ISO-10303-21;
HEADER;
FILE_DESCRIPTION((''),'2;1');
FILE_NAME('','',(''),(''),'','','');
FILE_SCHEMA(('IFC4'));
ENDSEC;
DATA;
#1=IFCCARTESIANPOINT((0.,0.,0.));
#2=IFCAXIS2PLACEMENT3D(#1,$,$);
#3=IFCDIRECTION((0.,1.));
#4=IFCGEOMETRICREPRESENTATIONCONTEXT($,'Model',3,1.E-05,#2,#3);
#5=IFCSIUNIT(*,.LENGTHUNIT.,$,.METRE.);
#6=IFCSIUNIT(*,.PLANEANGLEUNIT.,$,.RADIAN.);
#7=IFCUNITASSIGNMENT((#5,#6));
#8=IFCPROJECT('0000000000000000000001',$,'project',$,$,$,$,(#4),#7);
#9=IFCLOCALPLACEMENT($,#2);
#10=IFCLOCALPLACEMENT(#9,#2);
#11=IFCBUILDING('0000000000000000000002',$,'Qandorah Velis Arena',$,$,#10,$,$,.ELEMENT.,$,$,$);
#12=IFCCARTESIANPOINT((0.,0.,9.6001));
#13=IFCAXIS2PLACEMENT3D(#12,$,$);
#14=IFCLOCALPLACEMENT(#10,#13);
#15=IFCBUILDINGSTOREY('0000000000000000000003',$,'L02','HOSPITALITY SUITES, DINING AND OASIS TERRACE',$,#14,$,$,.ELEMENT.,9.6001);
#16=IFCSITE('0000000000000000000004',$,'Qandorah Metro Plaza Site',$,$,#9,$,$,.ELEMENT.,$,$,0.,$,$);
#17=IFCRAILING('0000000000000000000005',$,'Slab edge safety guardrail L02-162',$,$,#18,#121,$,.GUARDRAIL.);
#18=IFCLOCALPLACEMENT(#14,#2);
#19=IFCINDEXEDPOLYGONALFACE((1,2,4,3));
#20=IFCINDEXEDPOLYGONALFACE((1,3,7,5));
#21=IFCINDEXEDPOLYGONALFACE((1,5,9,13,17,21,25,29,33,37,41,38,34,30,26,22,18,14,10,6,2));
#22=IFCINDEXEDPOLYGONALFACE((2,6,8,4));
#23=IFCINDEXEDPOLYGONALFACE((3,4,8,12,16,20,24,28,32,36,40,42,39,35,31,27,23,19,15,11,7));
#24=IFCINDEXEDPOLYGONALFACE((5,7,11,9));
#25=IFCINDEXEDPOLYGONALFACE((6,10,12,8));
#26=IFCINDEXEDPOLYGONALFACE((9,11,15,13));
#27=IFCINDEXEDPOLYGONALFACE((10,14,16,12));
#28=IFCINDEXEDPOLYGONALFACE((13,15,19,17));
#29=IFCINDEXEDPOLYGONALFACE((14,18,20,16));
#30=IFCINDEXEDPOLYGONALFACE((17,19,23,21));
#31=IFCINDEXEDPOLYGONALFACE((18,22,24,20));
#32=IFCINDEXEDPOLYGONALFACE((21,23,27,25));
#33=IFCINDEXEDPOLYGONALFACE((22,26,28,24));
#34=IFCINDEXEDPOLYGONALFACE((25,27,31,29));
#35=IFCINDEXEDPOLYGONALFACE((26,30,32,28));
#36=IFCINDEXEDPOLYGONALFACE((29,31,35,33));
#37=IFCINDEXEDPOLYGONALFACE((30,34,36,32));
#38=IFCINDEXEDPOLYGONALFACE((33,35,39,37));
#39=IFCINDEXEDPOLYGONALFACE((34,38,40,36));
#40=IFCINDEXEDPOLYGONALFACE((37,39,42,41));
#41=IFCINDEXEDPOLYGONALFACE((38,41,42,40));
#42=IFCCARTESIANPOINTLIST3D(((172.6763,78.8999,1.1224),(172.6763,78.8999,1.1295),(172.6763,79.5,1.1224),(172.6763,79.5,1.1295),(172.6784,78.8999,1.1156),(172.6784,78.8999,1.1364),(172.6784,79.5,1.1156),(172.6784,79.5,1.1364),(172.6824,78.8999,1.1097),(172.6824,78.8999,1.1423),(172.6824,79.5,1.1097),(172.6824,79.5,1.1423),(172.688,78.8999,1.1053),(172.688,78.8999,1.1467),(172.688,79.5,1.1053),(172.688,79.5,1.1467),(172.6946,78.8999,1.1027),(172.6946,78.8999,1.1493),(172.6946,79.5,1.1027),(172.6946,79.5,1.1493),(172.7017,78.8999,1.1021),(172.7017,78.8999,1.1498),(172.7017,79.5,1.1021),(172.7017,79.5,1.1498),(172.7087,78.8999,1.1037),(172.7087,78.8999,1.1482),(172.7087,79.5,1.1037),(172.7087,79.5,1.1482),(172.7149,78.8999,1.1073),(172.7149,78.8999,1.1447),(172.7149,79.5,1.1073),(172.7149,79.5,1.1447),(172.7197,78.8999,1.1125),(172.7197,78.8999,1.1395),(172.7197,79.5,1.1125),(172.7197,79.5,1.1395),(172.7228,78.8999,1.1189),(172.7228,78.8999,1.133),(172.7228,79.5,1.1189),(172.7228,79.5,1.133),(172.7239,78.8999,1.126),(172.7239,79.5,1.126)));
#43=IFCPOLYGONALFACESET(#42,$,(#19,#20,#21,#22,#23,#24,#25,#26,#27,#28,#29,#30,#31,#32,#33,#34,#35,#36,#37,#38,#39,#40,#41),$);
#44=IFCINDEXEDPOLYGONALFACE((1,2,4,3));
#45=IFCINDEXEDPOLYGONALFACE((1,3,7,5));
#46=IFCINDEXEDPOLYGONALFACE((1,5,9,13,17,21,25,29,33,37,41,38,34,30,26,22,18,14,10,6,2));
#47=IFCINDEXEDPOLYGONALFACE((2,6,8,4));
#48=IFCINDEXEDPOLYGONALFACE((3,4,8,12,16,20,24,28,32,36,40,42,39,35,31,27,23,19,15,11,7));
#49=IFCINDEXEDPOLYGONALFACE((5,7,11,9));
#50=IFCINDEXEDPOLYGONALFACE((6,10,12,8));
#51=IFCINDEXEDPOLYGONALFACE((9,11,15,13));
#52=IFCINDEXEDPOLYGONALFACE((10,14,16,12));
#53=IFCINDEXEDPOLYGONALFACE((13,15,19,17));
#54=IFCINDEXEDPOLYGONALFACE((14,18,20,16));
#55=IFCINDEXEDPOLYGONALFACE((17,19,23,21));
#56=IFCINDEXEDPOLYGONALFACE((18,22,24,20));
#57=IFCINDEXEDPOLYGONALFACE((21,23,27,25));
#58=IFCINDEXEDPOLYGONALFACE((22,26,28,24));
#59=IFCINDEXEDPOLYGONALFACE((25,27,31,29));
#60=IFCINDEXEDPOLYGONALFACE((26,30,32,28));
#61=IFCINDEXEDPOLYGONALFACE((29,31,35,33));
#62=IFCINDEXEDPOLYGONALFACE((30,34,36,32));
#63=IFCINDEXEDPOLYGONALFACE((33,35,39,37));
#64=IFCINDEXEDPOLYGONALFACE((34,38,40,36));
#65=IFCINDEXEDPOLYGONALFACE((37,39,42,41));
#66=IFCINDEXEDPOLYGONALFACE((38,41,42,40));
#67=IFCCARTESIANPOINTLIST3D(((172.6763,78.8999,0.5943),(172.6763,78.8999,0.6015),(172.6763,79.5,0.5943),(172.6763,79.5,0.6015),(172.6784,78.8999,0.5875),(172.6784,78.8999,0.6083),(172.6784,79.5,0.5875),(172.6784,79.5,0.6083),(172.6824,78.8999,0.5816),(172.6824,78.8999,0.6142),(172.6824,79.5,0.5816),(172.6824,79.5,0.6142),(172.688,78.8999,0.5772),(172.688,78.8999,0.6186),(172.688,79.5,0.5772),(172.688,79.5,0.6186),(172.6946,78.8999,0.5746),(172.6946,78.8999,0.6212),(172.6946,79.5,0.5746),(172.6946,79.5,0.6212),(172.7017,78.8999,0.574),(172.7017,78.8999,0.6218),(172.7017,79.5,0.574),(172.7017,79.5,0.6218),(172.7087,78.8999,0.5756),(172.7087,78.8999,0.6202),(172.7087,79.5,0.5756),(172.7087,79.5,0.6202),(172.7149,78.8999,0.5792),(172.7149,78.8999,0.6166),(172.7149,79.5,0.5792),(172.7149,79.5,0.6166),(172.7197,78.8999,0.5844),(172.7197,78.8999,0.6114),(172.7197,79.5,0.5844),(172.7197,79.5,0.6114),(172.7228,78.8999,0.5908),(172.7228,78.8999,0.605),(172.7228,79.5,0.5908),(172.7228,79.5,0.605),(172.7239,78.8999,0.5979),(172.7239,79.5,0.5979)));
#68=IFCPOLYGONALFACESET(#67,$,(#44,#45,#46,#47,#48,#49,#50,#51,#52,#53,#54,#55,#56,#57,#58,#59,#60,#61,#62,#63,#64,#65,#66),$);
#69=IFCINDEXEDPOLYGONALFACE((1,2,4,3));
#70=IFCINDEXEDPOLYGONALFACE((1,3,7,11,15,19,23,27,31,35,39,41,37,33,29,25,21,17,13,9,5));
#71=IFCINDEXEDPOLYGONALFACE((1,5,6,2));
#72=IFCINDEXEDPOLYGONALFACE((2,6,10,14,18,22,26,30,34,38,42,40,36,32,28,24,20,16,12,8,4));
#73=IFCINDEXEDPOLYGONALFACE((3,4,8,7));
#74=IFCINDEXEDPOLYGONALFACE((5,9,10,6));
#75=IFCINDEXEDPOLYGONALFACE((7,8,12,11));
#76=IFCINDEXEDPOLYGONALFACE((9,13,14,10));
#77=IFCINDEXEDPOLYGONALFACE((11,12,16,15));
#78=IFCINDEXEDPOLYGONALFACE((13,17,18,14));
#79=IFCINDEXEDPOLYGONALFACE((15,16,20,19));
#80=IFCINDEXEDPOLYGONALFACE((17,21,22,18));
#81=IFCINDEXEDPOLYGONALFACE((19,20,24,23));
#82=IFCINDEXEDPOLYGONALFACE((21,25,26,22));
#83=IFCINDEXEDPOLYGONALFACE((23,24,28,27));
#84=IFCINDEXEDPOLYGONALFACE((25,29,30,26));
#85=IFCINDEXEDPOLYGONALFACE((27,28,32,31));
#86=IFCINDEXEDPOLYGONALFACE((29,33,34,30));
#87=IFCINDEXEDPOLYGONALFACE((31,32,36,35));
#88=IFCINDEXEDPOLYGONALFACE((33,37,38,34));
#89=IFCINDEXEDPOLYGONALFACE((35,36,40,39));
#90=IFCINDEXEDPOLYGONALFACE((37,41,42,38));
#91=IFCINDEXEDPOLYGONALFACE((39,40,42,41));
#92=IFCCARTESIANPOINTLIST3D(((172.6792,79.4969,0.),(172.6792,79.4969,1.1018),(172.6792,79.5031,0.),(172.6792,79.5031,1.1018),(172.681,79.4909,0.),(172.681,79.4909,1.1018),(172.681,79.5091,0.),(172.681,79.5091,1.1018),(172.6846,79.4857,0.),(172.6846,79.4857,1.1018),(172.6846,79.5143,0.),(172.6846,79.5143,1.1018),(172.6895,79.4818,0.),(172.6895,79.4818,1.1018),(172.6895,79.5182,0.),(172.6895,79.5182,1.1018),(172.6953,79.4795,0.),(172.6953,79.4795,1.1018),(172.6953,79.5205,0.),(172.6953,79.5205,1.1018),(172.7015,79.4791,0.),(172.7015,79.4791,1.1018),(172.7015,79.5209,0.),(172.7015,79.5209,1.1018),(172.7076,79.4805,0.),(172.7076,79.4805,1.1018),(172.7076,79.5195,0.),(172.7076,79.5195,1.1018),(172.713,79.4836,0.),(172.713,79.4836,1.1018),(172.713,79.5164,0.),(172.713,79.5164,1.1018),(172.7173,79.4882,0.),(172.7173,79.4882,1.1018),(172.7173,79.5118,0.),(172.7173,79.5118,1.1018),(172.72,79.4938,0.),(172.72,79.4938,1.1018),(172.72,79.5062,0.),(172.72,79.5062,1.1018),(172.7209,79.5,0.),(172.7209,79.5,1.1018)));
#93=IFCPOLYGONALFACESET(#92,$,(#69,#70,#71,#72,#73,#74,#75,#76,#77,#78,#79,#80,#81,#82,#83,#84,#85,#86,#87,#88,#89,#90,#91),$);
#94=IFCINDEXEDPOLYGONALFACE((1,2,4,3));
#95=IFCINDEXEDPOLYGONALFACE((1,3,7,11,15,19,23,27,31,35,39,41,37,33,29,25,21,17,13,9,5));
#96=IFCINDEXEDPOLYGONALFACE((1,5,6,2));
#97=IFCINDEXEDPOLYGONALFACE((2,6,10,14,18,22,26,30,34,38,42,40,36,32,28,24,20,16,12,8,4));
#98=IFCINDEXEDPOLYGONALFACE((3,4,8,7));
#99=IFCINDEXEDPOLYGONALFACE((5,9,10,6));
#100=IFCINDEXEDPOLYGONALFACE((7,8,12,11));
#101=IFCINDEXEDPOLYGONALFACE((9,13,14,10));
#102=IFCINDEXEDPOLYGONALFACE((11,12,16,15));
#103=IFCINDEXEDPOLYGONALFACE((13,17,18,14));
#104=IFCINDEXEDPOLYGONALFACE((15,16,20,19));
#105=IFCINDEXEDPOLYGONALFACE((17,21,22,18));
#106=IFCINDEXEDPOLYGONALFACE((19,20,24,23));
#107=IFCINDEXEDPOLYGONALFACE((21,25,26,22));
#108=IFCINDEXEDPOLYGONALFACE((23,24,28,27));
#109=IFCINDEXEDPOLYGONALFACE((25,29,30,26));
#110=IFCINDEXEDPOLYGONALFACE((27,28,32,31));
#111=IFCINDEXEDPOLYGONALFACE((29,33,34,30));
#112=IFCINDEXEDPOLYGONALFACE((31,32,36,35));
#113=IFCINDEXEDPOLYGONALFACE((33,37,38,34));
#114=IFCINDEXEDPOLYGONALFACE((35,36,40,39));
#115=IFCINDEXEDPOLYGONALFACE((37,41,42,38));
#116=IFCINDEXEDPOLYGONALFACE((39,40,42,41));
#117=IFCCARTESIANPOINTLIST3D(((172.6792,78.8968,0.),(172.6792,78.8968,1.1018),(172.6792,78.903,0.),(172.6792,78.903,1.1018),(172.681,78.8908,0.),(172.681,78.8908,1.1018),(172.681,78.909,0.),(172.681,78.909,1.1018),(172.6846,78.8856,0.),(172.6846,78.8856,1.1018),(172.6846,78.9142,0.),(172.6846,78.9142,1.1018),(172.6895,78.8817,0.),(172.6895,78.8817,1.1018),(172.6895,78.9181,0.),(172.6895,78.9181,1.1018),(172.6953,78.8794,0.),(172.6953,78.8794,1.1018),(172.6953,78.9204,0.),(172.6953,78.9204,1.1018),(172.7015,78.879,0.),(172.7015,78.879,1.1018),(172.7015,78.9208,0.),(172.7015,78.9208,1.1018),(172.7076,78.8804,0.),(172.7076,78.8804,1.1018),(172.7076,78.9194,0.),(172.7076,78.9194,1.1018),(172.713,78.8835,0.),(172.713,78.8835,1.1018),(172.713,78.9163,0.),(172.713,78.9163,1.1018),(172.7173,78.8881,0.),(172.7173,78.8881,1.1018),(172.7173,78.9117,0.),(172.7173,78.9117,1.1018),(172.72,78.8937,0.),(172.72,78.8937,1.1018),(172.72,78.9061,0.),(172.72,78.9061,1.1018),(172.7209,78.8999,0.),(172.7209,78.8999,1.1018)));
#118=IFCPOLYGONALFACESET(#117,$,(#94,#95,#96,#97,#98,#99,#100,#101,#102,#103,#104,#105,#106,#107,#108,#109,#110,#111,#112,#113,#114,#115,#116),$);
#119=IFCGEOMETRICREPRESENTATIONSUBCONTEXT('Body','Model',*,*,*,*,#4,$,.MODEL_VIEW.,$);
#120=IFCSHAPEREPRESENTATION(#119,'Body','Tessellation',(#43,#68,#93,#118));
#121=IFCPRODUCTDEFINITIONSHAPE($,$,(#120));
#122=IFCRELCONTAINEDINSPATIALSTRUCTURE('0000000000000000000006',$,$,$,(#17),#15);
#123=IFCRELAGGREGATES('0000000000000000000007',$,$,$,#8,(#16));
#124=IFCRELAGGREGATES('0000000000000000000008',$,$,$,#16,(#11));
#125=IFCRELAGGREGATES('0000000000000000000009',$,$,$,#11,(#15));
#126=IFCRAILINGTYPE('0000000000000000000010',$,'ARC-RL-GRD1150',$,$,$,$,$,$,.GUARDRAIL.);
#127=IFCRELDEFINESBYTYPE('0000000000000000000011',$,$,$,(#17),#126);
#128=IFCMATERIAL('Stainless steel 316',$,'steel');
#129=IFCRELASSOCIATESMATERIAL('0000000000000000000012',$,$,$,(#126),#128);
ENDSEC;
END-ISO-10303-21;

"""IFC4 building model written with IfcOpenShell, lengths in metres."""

from ifc_helpers import new_model, si_unit, direction, frame, origin, origin_2d, place, context, subcontext, project, spatial, circle, extrude, material, type_object, element, save


model = new_model("IFC4")

# Units and contexts
model_context = context("Model", 3, precision=1e-05, world=origin(), true_north=direction((0.0, 1.0)))
body_context = subcontext(model_context, "Body", "Model", "MODEL_VIEW")
ifc_project = project(units=[si_unit("LENGTHUNIT", "METRE"), si_unit("PLANEANGLEUNIT", "RADIAN")], contexts=[model_context])

# Site, building, storey
site_placement = place(None, origin())
site = spatial("IfcSite", under=ifc_project, at=site_placement, Name="Qandorah Metro Plaza Site", CompositionType="ELEMENT", RefElevation=0.0)
building_placement = place(site_placement, origin())
building = spatial("IfcBuilding", under=site, at=building_placement, Name="Qandorah Velis Arena", CompositionType="ELEMENT")
storey_placement = place(building_placement, frame((0.0, 0.0, 9.6001)))
storey = spatial("IfcBuildingStorey", under=building, at=storey_placement, Name="L02", Description="HOSPITALITY SUITES, DINING AND OASIS TERRACE", CompositionType="ELEMENT", Elevation=9.6001)

# Railing
ifc_material_1 = material(Name="Stainless steel 316", Category="steel")
railing_type = type_object("IfcRailingType", Name="ARC-RL-GRD1150", PredefinedType="GUARDRAIL", material=ifc_material_1)
for number, where, name in (
    (1, (172.7, 79.5, 0.0), "Slab edge safety guardrail L02-162"),
):
    element("IfcRailing", number, at=place(storey_placement, frame(where)), inside=storey, type_object=railing_type, Name=name, PredefinedType="GUARDRAIL", context=body_context, shape_type="SweptSolid", body=[
        extrude(circle(Radius=0.0239, at=origin_2d()), frame((0.0, 0.0, 1.126), z_axis=(0.0, -1.0, 0.0), x_axis=(1.0, 0.0, 0.0)), (0.0, 0.0, 1.0), 0.6001),
        extrude(circle(Radius=0.0239, at=origin_2d()), frame((0.0, 0.0, 0.5979), z_axis=(0.0, -1.0, 0.0), x_axis=(1.0, 0.0, 0.0)), (0.0, 0.0, 1.0), 0.6001),
        extrude(circle(Radius=0.021, at=origin_2d()), origin(), (0.0, 0.0, 1.0), 1.1018),
        extrude(circle(Radius=0.021, at=origin_2d()), frame((0.0, -0.6001, 0.0)), (0.0, 0.0, 1.0), 1.1018),
    ])

save(model, "model.ifc")
